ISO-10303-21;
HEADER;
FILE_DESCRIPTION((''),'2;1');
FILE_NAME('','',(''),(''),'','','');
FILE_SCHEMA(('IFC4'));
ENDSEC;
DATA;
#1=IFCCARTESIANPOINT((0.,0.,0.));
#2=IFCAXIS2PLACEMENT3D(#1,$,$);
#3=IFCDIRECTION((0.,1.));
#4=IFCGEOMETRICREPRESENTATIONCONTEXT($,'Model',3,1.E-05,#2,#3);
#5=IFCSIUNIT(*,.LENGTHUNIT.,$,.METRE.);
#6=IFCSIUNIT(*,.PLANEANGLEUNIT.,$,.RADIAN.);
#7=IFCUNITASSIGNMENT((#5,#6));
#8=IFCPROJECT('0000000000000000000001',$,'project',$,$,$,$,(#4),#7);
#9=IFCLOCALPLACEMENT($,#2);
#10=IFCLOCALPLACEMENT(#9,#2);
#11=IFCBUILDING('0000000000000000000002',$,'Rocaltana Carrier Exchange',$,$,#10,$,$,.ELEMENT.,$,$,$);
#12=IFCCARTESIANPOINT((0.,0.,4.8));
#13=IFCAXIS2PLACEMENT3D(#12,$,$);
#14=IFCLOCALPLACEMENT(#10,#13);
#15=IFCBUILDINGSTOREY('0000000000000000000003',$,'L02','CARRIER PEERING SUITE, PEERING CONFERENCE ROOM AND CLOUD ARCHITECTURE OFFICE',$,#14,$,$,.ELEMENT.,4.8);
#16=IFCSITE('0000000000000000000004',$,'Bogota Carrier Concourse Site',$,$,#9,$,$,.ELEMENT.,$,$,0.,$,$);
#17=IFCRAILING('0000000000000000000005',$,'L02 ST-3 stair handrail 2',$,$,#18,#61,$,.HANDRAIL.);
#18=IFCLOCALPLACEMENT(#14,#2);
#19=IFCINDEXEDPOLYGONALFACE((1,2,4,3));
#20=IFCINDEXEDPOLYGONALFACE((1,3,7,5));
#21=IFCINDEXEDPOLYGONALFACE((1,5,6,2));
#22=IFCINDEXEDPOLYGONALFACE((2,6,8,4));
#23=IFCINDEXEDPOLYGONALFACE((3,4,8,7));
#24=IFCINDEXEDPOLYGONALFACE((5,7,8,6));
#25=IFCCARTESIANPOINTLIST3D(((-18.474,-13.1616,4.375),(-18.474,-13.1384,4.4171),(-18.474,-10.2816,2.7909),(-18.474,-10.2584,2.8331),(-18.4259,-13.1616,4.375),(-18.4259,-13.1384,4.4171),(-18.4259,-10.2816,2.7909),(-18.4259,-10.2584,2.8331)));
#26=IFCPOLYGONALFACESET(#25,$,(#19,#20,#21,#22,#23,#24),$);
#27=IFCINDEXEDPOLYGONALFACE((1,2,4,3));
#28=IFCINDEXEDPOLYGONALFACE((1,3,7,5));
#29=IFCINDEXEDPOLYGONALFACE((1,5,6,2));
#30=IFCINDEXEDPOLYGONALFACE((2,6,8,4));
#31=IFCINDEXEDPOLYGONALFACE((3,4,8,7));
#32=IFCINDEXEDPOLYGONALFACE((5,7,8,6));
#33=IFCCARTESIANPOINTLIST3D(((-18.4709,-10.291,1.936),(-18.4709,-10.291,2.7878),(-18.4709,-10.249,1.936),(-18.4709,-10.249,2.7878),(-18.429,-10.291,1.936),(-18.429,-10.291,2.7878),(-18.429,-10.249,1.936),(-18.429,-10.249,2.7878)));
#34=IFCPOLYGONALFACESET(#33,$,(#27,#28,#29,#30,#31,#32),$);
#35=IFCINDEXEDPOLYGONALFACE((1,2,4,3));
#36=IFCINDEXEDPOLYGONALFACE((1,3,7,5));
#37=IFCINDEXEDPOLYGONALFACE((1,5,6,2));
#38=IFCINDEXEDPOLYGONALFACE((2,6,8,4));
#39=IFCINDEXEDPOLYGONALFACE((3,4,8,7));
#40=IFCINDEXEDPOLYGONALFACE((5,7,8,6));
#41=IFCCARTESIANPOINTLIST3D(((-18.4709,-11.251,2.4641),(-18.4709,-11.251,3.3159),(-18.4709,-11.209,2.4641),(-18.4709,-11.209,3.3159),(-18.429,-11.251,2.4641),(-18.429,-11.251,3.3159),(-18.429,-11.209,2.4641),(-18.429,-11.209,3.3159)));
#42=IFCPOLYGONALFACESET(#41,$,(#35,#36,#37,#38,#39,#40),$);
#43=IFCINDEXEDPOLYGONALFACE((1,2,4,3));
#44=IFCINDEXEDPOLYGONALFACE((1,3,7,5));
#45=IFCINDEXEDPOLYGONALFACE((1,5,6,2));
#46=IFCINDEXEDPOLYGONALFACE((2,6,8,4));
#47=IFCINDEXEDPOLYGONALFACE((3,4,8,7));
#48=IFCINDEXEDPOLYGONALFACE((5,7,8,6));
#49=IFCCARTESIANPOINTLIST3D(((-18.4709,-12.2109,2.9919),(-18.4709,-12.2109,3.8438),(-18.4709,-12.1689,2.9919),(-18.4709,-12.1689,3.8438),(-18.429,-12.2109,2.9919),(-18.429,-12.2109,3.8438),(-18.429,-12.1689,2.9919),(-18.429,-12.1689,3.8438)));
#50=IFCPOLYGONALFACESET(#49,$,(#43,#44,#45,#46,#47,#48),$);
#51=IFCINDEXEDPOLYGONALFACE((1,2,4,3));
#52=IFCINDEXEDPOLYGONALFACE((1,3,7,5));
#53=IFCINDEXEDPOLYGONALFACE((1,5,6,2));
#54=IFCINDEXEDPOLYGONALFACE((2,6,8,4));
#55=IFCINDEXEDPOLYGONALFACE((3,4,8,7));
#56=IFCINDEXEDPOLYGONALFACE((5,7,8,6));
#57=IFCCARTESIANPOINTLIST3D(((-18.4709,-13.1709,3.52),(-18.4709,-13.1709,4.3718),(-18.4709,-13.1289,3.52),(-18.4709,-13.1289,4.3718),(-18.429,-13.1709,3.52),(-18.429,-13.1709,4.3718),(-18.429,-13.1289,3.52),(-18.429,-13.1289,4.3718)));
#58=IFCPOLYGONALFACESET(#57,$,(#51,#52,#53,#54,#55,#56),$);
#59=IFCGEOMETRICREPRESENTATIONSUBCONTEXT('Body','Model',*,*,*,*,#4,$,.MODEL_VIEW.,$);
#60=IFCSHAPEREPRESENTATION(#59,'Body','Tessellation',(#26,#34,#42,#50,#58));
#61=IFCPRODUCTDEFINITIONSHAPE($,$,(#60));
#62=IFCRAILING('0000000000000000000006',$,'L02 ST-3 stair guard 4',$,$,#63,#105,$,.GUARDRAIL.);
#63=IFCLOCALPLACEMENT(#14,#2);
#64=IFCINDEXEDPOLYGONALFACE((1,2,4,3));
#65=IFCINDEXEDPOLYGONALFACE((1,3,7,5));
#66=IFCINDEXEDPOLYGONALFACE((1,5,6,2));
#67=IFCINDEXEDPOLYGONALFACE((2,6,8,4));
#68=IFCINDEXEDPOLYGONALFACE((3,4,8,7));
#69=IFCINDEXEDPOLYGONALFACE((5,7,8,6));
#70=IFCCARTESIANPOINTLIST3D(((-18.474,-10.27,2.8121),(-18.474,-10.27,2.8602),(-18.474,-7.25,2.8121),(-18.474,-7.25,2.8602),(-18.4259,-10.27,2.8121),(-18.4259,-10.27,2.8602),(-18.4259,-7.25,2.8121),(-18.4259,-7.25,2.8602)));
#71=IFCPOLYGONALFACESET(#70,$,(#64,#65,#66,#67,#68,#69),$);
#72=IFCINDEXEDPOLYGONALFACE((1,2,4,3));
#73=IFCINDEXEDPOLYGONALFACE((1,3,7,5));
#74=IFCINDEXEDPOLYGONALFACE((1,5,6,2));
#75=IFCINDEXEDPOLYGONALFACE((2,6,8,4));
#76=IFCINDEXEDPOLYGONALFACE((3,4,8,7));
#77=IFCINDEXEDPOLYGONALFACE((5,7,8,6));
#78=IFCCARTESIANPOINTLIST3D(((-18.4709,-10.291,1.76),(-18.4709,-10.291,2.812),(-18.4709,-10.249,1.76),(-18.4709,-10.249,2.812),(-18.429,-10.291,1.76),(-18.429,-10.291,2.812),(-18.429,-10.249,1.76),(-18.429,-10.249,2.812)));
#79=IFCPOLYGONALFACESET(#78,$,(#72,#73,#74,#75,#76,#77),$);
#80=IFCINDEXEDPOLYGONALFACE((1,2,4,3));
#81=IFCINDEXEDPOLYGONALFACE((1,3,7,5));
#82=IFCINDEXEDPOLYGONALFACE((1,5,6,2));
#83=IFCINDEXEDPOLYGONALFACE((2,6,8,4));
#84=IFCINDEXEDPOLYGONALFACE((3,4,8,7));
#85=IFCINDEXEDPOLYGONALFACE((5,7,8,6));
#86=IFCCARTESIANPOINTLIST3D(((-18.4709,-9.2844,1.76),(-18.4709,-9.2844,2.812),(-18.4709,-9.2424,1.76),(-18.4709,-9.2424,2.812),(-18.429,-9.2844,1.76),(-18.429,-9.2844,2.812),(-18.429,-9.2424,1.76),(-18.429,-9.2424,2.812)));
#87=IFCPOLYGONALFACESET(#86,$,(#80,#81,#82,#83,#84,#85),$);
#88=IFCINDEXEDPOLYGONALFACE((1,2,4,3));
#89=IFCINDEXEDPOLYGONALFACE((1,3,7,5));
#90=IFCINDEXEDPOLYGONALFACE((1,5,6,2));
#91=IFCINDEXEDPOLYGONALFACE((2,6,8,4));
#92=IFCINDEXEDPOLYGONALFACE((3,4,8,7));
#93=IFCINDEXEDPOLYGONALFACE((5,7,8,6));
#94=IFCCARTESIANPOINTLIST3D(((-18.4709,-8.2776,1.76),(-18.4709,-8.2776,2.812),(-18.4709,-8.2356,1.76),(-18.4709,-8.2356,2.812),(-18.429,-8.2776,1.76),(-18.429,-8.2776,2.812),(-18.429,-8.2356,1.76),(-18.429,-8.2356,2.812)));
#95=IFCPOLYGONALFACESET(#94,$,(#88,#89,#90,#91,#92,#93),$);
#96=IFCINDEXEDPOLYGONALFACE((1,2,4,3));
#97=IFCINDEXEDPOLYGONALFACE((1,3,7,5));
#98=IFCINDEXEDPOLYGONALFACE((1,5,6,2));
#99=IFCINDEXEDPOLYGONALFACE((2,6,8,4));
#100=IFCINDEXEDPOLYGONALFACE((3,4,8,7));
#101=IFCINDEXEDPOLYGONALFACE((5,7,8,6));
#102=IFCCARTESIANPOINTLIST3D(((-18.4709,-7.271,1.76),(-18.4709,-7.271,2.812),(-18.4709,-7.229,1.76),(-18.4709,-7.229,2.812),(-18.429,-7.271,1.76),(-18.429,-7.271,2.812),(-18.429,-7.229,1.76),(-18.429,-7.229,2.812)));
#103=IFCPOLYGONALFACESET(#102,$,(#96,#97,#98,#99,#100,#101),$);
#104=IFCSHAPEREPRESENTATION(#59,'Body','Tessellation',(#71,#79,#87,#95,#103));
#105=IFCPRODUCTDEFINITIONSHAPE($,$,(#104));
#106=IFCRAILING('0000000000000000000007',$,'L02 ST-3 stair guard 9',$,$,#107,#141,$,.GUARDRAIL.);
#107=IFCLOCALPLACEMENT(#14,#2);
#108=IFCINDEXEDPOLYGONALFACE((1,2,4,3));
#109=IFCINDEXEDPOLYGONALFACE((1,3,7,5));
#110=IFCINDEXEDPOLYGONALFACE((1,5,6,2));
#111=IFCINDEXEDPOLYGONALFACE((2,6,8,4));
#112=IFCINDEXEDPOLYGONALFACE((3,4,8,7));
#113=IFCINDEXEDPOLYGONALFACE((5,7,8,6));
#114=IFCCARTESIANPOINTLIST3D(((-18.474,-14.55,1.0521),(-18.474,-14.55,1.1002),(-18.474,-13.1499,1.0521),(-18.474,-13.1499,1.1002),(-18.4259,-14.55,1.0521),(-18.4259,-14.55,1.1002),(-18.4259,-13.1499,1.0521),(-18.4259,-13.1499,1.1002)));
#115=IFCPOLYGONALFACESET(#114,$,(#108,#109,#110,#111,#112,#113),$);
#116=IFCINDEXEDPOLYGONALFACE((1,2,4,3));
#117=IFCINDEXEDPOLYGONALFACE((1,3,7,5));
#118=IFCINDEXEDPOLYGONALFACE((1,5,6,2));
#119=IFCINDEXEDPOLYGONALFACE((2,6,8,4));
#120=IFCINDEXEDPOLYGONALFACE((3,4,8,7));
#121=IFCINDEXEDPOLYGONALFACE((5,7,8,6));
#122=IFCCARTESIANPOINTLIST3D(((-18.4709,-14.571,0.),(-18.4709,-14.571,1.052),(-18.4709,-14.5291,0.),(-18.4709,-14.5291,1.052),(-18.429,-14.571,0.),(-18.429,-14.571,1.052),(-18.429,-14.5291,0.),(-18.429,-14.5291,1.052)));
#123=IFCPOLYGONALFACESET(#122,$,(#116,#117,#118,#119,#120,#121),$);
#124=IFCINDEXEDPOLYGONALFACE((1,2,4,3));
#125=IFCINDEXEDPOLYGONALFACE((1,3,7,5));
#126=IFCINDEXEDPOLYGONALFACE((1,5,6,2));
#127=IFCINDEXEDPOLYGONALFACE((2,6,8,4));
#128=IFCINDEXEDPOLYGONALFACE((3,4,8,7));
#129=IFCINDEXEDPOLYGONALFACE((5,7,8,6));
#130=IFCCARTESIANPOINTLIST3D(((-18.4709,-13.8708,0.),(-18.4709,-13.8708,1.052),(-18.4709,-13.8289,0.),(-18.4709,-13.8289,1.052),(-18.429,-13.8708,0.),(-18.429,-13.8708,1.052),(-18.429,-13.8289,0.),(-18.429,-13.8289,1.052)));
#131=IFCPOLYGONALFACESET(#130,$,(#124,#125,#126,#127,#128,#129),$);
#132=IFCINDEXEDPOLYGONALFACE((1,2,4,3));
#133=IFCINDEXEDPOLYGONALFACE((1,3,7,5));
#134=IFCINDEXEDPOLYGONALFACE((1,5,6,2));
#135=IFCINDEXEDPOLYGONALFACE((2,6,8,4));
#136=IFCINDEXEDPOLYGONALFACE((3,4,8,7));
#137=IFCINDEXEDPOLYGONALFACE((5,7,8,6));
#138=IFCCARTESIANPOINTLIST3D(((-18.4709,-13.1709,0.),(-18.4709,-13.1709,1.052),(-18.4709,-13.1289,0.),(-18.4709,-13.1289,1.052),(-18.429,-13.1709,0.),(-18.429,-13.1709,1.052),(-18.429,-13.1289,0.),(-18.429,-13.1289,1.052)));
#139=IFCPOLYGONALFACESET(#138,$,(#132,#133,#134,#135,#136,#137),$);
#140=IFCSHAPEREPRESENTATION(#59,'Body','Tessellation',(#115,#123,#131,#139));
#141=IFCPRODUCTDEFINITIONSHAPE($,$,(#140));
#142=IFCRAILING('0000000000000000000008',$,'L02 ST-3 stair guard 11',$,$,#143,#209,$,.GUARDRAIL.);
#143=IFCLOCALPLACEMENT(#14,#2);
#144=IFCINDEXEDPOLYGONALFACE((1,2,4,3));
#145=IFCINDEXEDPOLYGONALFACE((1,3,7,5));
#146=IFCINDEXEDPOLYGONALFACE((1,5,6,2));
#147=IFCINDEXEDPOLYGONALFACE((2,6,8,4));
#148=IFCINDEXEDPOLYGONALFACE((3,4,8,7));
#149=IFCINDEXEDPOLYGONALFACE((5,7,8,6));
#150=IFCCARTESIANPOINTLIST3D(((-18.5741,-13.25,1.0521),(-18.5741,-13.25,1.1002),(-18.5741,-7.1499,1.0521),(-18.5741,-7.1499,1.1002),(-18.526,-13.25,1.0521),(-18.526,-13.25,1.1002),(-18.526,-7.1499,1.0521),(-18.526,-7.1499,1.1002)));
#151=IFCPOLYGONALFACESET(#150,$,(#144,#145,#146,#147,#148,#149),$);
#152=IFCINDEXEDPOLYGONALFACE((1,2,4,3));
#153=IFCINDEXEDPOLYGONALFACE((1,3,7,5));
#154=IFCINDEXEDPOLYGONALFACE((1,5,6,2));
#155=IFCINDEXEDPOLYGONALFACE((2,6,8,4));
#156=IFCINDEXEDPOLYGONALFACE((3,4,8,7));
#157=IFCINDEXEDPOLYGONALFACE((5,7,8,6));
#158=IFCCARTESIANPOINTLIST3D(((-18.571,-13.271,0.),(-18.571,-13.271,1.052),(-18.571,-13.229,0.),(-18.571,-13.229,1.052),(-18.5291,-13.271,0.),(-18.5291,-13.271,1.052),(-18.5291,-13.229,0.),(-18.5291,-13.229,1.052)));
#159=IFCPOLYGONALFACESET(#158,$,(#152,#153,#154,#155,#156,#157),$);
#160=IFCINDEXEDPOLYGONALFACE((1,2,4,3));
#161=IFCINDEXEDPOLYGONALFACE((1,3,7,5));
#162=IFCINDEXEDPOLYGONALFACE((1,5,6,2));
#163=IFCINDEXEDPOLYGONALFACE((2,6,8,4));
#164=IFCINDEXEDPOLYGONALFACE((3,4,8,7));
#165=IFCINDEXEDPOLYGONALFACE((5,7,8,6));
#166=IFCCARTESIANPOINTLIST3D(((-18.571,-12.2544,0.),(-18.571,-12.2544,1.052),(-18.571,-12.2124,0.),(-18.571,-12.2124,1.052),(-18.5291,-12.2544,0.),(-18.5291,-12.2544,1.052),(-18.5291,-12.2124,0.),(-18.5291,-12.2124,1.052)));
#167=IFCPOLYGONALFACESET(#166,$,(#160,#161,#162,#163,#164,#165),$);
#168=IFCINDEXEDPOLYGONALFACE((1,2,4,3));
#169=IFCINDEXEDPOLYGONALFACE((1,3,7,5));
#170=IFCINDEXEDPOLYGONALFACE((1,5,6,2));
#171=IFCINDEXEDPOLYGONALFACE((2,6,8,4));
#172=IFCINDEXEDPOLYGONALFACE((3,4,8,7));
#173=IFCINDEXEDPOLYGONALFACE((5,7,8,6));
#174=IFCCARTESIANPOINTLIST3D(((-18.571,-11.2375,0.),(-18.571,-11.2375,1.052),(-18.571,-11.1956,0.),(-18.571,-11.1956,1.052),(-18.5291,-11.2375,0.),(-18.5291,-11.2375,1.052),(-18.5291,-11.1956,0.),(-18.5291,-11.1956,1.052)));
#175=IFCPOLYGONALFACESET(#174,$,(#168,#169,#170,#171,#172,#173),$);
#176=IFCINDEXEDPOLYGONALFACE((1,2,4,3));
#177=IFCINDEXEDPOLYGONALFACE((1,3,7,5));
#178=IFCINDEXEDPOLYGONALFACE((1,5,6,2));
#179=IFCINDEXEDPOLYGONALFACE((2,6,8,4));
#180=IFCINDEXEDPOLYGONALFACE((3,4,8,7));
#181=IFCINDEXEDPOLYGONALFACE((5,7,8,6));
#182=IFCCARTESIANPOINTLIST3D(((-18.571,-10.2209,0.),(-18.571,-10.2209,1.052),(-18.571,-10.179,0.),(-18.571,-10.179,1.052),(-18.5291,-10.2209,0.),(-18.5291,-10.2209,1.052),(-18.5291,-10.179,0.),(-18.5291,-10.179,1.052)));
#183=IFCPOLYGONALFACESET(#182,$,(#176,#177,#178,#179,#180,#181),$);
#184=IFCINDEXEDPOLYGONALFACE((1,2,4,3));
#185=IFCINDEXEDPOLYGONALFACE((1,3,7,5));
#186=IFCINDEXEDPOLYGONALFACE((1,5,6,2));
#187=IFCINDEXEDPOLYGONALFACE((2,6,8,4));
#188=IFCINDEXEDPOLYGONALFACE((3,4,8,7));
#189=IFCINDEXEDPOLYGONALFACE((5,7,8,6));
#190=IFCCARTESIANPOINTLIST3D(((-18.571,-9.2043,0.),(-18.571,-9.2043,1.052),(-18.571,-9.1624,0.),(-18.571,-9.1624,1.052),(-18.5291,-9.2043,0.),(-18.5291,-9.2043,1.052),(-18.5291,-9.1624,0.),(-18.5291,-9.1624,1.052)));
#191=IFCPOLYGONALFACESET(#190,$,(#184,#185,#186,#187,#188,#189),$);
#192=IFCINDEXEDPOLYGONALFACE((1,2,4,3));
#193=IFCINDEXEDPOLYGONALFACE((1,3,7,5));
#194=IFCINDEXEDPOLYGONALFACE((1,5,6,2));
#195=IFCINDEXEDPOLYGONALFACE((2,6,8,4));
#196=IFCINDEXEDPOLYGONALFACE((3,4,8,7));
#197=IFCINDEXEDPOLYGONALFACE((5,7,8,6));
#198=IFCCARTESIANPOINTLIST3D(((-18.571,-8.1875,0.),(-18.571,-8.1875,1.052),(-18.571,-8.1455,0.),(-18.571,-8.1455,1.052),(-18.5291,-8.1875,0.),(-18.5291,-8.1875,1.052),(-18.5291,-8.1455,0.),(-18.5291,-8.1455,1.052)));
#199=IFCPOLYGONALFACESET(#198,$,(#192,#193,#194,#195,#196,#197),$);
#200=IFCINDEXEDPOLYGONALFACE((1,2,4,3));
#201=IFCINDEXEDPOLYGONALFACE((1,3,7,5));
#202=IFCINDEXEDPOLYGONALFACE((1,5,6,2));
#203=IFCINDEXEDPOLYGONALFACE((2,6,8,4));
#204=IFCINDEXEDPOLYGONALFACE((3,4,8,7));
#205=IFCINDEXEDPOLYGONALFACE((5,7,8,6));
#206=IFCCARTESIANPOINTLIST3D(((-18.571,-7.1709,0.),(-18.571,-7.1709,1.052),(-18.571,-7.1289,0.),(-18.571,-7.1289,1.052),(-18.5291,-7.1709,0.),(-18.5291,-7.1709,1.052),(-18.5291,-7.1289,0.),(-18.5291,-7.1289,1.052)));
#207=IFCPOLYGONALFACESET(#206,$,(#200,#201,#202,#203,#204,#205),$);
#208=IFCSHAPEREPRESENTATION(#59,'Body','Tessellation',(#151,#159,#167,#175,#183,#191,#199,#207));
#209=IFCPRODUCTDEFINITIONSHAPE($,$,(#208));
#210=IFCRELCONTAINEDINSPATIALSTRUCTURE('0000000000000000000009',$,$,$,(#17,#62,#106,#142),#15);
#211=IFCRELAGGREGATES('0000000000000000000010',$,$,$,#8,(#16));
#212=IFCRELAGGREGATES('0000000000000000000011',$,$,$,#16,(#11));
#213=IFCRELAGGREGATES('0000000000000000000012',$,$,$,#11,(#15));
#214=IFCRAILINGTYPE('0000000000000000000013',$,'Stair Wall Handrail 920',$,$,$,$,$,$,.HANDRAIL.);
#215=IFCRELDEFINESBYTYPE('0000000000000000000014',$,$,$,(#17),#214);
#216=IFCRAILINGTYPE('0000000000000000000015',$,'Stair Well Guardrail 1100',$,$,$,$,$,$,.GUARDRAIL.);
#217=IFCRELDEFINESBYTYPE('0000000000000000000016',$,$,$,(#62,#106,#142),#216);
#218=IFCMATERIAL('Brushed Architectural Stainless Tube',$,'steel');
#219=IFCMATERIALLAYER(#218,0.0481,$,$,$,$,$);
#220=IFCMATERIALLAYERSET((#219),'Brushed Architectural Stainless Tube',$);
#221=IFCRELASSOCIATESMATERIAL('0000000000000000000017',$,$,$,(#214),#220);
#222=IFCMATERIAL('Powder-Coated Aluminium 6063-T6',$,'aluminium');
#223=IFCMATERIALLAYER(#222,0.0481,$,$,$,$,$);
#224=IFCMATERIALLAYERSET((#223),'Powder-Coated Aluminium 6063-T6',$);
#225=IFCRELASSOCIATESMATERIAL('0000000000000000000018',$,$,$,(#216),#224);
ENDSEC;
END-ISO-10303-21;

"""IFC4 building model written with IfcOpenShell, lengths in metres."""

from ifc_helpers import new_model, si_unit, direction, frame, origin, origin_2d, place, context, subcontext, project, spatial, rectangle, extrude, material, layer, layer_set, type_object, element, save


model = new_model("IFC4")

# Units and contexts
model_context = context("Model", 3, precision=1e-05, world=origin(), true_north=direction((0.0, 1.0)))
body_context = subcontext(model_context, "Body", "Model", "MODEL_VIEW")
ifc_project = project(units=[si_unit("LENGTHUNIT", "METRE"), si_unit("PLANEANGLEUNIT", "RADIAN")], contexts=[model_context])

# Site, building, storey
site_placement = place(None, origin())
site = spatial("IfcSite", under=ifc_project, at=site_placement, Name="Bogota Carrier Concourse Site", CompositionType="ELEMENT", RefElevation=0.0)
building_placement = place(site_placement, origin())
building = spatial("IfcBuilding", under=site, at=building_placement, Name="Rocaltana Carrier Exchange", CompositionType="ELEMENT")
storey_placement = place(building_placement, frame((0.0, 0.0, 4.8)))
storey = spatial("IfcBuildingStorey", under=building, at=storey_placement, Name="L02", Description="CARRIER PEERING SUITE, PEERING CONFERENCE ROOM AND CLOUD ARCHITECTURE OFFICE", CompositionType="ELEMENT", Elevation=4.8)

# Railings
ifc_material_1 = material(Name="Brushed Architectural Stainless Tube", Category="steel")
ifc_layer_1 = layer(ifc_material_1, 0.0481)
ifc_layer_set_1 = layer_set([ifc_layer_1], Name="Brushed Architectural Stainless Tube")
railing_type_1 = type_object("IfcRailingType", Name="Stair Wall Handrail 920", PredefinedType="HANDRAIL", material=ifc_layer_set_1)
railing_1_placement = place(storey_placement, frame((-18.45, -10.27, 1.936)))
element("IfcRailing", 1, at=railing_1_placement, inside=storey, type_object=railing_type_1, Name="L02 ST-3 stair handrail 2", PredefinedType="HANDRAIL", context=body_context, shape_type="SweptSolid", body=[
    extrude(rectangle(XDim=0.0481, YDim=0.0481, at=origin_2d()), frame((0.0, 0.0, 0.876), z_axis=(0.0, -0.87621, 0.48193), x_axis=(1.0, 0.0, 0.0)), (0.0, 0.0, 1.0), 3.2869),
    extrude(rectangle(XDim=0.042, YDim=0.042, at=origin_2d()), origin(), (0.0, 0.0, 1.0), 0.8518),
    extrude(rectangle(XDim=0.042, YDim=0.042, at=origin_2d()), frame((0.0, -0.96, 0.5281)), (0.0, 0.0, 1.0), 0.8518),
    extrude(rectangle(XDim=0.042, YDim=0.042, at=origin_2d()), frame((0.0, -1.9199, 1.0559)), (0.0, 0.0, 1.0), 0.8518),
    extrude(rectangle(XDim=0.042, YDim=0.042, at=origin_2d()), frame((0.0, -2.8799, 1.584)), (0.0, 0.0, 1.0), 0.8518),
])
ifc_material_2 = material(Name="Powder-Coated Aluminium 6063-T6", Category="aluminium")
ifc_layer_2 = layer(ifc_material_2, 0.0481)
ifc_layer_set_2 = layer_set([ifc_layer_2], Name="Powder-Coated Aluminium 6063-T6")
railing_type_2 = type_object("IfcRailingType", Name="Stair Well Guardrail 1100", PredefinedType="GUARDRAIL", material=ifc_layer_set_2)
railing_2_placement = place(storey_placement, frame((-18.45, -10.27, 1.76)))
element("IfcRailing", 2, at=railing_2_placement, inside=storey, type_object=railing_type_2, Name="L02 ST-3 stair guard 4", PredefinedType="GUARDRAIL", context=body_context, shape_type="SweptSolid", body=[
    extrude(rectangle(XDim=0.0481, YDim=0.0481, at=origin_2d()), frame((0.0, 0.0, 1.0762), z_axis=(0.0, 1.0, 0.0), x_axis=(-1.0, 0.0, 0.0)), (0.0, 0.0, 1.0), 3.02),
    extrude(rectangle(XDim=0.042, YDim=0.042, at=origin_2d()), origin(), (0.0, 0.0, 1.0), 1.052),
    extrude(rectangle(XDim=0.042, YDim=0.042, at=origin_2d()), frame((0.0, 1.0066, 0.0)), (0.0, 0.0, 1.0), 1.052),
    extrude(rectangle(XDim=0.042, YDim=0.042, at=origin_2d()), frame((0.0, 2.0134, 0.0)), (0.0, 0.0, 1.0), 1.052),
    extrude(rectangle(XDim=0.042, YDim=0.042, at=origin_2d()), frame((0.0, 3.02, 0.0)), (0.0, 0.0, 1.0), 1.052),
])
railing_3_placement = place(storey_placement, frame((-18.45, -14.55, 0.0)))
element("IfcRailing", 3, at=railing_3_placement, inside=storey, type_object=railing_type_2, Name="L02 ST-3 stair guard 9", PredefinedType="GUARDRAIL", context=body_context, shape_type="SweptSolid", body=[
    extrude(rectangle(XDim=0.0481, YDim=0.0481, at=origin_2d()), frame((0.0, 0.0, 1.0762), z_axis=(0.0, 1.0, 0.0), x_axis=(-1.0, 0.0, 0.0)), (0.0, 0.0, 1.0), 1.4001),
    extrude(rectangle(XDim=0.042, YDim=0.042, at=origin_2d()), origin(), (0.0, 0.0, 1.0), 1.052),
    extrude(rectangle(XDim=0.042, YDim=0.042, at=origin_2d()), frame((0.0, 0.7002, 0.0)), (0.0, 0.0, 1.0), 1.052),
    extrude(rectangle(XDim=0.042, YDim=0.042, at=origin_2d()), frame((0.0, 1.4001, 0.0)), (0.0, 0.0, 1.0), 1.052),
])
railing_4_placement = place(storey_placement, frame((-18.55, -13.25, 0.0)))
element("IfcRailing", 4, at=railing_4_placement, inside=storey, type_object=railing_type_2, Name="L02 ST-3 stair guard 11", PredefinedType="GUARDRAIL", context=body_context, shape_type="SweptSolid", body=[
    extrude(rectangle(XDim=0.0481, YDim=0.0481, at=origin_2d()), frame((0.0, 0.0, 1.0762), z_axis=(0.0, 1.0, 0.0), x_axis=(-1.0, 0.0, 0.0)), (0.0, 0.0, 1.0), 6.1001),
    extrude(rectangle(XDim=0.042, YDim=0.042, at=origin_2d()), origin(), (0.0, 0.0, 1.0), 1.052),
    extrude(rectangle(XDim=0.042, YDim=0.042, at=origin_2d()), frame((0.0, 1.0166, 0.0)), (0.0, 0.0, 1.0), 1.052),
    extrude(rectangle(XDim=0.042, YDim=0.042, at=origin_2d()), frame((0.0, 2.0334, 0.0)), (0.0, 0.0, 1.0), 1.052),
    extrude(rectangle(XDim=0.042, YDim=0.042, at=origin_2d()), frame((0.0, 3.05, 0.0)), (0.0, 0.0, 1.0), 1.052),
    extrude(rectangle(XDim=0.042, YDim=0.042, at=origin_2d()), frame((0.0, 4.0667, 0.0)), (0.0, 0.0, 1.0), 1.052),
    extrude(rectangle(XDim=0.042, YDim=0.042, at=origin_2d()), frame((0.0, 5.0835, 0.0)), (0.0, 0.0, 1.0), 1.052),
    extrude(rectangle(XDim=0.042, YDim=0.042, at=origin_2d()), frame((0.0, 6.1001, 0.0)), (0.0, 0.0, 1.0), 1.052),
])

save(model, "model.ifc")
